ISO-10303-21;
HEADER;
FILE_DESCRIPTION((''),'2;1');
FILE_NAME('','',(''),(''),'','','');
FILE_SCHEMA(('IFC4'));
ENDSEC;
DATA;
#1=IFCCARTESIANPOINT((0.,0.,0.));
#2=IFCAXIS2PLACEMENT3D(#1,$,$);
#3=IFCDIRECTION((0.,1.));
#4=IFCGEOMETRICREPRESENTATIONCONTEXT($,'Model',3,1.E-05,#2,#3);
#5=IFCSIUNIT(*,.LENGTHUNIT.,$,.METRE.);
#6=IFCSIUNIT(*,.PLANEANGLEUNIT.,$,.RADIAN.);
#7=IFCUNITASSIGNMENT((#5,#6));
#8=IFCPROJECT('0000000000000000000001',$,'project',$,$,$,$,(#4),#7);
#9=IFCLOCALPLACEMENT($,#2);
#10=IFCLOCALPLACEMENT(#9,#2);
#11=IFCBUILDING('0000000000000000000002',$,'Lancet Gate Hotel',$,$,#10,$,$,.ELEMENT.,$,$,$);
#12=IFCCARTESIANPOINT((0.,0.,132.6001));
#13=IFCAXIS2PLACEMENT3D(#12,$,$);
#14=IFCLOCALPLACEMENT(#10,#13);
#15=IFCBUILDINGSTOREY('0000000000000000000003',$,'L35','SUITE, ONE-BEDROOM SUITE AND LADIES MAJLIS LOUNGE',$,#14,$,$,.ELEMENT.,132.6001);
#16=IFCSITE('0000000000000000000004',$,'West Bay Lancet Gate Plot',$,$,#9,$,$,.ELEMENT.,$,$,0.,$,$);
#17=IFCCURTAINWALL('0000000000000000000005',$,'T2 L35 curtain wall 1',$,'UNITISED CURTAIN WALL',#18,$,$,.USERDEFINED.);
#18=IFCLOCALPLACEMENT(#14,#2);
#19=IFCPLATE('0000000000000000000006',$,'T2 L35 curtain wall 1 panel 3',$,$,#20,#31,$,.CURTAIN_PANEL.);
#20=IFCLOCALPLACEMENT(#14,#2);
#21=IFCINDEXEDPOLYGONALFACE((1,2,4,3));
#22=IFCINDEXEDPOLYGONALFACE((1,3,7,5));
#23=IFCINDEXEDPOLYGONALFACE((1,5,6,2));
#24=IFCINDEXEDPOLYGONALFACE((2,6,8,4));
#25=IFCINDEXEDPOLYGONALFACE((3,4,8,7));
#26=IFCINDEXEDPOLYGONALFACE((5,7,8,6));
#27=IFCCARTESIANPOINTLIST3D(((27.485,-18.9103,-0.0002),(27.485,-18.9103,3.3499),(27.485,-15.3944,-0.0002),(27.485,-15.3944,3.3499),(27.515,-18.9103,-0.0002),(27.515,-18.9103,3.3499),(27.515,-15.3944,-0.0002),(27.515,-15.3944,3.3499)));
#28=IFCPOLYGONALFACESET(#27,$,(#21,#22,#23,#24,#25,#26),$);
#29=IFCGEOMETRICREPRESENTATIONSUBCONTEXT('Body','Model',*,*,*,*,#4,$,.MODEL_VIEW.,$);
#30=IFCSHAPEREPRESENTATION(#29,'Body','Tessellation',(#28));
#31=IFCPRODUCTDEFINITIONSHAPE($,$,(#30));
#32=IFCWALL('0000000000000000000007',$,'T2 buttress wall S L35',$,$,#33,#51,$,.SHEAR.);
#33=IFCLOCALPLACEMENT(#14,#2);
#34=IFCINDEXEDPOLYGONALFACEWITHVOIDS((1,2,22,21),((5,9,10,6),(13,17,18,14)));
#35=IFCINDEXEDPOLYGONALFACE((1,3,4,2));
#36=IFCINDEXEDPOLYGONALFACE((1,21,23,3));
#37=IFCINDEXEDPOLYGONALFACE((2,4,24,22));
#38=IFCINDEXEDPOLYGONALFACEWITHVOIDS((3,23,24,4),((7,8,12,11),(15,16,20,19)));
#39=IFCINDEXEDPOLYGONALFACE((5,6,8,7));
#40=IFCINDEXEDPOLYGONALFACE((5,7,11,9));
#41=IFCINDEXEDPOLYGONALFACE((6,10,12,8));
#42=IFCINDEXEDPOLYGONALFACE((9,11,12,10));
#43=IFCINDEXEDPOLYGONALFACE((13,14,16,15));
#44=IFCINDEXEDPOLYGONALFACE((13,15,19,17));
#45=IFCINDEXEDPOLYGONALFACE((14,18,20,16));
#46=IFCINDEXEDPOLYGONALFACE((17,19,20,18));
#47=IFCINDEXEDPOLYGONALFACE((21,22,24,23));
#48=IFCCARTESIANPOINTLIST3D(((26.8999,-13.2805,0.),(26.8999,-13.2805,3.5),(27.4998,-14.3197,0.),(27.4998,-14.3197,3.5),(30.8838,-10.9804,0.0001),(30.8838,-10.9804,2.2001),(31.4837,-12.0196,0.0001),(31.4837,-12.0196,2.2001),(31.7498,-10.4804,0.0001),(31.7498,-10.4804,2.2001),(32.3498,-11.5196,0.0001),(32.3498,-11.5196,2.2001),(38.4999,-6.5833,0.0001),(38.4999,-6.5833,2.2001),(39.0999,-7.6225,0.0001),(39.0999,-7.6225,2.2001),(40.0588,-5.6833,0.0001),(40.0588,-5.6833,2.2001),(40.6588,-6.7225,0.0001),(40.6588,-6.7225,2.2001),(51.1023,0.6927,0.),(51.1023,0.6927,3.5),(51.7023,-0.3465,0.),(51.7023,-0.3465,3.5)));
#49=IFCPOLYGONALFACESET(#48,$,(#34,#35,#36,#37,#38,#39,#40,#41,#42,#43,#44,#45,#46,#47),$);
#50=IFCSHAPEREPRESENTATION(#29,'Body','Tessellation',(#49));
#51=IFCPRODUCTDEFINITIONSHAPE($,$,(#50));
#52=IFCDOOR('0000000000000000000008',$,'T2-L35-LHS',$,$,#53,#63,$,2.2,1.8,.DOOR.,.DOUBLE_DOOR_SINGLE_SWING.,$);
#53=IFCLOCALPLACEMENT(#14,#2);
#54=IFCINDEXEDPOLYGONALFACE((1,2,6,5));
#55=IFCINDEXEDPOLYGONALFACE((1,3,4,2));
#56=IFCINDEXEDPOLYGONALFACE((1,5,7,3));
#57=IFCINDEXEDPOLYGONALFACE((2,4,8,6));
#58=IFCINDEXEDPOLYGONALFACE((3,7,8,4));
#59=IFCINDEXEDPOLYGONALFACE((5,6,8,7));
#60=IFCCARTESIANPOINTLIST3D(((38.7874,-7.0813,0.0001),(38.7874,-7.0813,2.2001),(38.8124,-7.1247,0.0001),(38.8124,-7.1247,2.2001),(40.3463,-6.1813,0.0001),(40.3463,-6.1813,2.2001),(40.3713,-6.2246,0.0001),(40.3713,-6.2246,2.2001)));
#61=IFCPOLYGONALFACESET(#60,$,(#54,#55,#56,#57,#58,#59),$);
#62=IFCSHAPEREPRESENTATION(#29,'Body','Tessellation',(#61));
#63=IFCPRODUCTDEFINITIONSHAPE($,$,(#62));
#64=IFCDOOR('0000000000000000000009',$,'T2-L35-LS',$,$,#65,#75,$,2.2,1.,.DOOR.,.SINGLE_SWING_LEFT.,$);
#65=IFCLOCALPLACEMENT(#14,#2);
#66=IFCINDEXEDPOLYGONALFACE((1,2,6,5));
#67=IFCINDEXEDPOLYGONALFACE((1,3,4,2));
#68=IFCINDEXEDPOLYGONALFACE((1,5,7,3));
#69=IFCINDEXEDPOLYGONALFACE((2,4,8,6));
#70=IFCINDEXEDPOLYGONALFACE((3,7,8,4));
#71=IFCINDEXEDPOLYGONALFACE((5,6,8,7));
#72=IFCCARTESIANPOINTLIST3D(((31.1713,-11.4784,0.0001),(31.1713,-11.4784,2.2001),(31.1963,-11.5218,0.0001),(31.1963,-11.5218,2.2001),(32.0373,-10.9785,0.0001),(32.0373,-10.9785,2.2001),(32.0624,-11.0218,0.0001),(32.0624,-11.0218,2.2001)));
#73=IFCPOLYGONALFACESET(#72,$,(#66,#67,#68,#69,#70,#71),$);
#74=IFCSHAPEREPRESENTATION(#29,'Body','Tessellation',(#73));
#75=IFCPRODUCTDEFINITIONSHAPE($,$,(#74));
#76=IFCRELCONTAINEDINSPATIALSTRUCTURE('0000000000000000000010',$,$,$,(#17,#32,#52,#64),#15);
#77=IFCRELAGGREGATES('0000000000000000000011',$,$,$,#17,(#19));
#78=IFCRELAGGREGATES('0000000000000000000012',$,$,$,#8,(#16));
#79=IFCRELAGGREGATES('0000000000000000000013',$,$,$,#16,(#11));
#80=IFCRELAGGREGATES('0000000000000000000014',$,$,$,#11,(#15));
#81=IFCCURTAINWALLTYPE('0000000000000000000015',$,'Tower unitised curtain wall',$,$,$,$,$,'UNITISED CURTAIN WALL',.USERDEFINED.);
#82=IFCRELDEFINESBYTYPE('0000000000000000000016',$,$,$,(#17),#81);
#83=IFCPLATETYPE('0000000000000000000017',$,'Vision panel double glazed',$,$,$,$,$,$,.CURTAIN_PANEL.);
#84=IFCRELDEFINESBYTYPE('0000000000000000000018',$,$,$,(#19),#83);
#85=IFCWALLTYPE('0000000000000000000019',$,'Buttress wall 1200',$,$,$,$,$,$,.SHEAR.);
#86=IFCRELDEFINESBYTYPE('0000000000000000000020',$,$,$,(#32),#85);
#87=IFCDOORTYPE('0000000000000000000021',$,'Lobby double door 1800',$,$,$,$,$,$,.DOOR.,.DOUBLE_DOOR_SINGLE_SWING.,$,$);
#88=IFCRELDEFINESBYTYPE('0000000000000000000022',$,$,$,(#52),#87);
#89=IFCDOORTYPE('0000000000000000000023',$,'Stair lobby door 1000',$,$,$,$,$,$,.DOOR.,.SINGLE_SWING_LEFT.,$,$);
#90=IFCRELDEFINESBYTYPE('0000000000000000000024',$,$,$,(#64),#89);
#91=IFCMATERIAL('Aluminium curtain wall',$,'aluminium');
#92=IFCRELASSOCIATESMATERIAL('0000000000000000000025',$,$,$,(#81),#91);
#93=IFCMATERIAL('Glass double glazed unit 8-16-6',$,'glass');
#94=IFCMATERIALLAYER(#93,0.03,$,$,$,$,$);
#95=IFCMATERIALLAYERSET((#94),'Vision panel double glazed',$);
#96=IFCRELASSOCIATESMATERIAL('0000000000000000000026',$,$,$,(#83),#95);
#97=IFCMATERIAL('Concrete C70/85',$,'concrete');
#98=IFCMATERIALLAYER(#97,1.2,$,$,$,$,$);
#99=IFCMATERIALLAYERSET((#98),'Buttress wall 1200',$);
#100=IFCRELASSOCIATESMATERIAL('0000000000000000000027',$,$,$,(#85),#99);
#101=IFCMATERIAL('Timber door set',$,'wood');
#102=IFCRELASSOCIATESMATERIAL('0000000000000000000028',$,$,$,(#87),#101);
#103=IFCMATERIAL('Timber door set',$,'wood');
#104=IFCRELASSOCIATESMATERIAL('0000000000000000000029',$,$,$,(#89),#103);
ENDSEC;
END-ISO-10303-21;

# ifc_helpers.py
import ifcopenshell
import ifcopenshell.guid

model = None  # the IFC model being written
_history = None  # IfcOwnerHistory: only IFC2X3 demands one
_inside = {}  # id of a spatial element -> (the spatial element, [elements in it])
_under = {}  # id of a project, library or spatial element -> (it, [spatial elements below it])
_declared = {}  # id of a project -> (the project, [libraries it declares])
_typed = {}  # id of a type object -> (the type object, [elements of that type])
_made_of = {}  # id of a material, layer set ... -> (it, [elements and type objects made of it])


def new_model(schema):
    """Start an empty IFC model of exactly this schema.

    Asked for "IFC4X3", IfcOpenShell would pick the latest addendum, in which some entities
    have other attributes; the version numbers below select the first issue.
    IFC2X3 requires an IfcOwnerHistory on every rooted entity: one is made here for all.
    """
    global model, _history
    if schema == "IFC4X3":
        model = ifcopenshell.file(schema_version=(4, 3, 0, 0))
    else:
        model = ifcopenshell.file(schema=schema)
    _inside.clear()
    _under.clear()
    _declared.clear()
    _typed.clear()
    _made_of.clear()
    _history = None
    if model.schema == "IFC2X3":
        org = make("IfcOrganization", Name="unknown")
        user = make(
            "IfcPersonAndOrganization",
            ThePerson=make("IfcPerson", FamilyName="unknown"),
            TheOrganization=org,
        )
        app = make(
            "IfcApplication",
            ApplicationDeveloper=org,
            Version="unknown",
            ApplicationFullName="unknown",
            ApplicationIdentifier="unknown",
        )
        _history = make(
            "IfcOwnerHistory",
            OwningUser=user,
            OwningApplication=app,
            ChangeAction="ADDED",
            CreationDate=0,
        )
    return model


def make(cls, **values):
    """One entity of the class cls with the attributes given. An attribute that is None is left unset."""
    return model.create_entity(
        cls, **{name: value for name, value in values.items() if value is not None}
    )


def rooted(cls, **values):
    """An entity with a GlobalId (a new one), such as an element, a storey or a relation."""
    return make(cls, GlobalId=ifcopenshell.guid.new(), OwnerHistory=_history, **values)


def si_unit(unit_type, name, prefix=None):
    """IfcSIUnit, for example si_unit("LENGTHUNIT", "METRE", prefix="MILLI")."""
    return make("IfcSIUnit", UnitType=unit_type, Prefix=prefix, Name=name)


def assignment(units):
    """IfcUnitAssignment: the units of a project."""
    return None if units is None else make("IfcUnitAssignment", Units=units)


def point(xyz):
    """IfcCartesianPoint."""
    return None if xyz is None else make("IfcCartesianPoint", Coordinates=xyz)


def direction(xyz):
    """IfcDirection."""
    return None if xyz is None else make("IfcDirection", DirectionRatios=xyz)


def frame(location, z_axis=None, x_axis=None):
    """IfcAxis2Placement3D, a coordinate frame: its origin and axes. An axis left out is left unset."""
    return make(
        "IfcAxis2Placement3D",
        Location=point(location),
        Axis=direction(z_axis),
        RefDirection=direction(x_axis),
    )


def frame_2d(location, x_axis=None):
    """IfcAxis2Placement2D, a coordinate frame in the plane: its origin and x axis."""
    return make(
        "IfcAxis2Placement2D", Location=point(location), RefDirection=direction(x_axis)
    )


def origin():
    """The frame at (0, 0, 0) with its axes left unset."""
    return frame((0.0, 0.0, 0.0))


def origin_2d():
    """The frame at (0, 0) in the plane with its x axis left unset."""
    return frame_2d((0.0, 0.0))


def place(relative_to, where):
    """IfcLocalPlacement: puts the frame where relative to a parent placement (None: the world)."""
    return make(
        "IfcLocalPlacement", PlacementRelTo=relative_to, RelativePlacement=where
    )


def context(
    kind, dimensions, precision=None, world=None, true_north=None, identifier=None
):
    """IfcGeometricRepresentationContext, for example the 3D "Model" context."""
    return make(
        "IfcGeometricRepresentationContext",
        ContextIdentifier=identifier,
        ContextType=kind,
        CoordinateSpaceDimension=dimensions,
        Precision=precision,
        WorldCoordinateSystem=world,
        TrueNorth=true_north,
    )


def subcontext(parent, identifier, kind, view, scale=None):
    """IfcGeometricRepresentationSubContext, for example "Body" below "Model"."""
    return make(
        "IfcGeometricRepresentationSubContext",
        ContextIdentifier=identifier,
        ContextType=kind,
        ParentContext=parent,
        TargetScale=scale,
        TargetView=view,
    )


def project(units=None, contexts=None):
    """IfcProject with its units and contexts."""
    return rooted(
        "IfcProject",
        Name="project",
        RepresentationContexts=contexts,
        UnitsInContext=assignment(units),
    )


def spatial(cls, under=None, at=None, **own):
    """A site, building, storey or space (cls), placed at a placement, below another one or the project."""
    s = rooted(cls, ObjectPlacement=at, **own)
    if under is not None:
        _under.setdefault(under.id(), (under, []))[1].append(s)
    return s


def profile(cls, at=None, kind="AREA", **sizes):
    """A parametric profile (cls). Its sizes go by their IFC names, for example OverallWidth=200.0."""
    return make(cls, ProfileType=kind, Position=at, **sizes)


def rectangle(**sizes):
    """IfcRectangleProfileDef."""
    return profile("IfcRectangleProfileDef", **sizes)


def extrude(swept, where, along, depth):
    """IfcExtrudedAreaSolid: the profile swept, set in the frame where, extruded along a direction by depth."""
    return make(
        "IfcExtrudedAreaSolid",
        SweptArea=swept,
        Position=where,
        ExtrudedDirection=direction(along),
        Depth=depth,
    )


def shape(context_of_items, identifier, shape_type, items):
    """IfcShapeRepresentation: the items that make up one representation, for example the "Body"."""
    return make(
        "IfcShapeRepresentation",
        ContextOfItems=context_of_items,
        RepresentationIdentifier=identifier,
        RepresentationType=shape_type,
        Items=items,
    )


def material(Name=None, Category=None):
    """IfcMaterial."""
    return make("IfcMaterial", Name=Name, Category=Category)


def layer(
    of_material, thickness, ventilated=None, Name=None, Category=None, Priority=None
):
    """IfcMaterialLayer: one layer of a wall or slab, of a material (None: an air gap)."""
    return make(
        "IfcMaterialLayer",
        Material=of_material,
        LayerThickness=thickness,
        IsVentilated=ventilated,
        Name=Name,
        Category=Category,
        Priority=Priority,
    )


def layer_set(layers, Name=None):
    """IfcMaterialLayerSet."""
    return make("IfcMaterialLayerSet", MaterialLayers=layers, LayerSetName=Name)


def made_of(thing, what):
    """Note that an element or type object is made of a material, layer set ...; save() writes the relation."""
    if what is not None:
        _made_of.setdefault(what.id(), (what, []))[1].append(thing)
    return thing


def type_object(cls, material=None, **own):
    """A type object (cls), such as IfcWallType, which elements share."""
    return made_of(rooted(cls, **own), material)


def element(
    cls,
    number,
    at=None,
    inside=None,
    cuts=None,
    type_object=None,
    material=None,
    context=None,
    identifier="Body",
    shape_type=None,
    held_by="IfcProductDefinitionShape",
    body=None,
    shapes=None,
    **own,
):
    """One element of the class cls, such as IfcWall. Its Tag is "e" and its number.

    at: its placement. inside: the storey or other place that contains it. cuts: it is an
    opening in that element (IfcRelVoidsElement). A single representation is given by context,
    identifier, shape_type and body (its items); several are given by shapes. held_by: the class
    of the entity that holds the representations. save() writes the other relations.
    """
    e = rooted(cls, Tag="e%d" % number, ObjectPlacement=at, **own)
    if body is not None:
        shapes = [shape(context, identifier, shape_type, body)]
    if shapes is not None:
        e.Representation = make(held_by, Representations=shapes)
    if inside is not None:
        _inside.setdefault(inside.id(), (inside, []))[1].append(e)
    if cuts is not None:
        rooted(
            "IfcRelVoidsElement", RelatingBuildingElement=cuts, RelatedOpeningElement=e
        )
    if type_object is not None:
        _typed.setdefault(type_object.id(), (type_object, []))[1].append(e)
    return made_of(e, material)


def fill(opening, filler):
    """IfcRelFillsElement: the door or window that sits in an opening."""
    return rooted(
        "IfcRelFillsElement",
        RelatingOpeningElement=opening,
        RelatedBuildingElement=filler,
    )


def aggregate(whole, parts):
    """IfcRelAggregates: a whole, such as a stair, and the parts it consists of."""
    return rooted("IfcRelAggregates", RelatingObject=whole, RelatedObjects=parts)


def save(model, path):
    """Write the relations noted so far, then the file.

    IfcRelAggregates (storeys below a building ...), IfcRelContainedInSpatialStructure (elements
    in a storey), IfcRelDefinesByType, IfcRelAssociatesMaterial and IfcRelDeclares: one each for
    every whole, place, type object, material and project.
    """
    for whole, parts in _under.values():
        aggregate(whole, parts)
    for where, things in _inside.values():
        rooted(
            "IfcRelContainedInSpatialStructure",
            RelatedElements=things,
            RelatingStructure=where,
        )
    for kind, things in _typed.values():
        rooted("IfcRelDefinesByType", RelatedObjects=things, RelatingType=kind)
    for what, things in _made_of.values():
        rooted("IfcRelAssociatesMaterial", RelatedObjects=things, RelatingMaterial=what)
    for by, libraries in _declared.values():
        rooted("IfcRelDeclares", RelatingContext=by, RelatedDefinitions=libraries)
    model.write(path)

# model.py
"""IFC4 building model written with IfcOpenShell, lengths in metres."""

from ifc_helpers import new_model, si_unit, direction, frame, frame_2d, origin, origin_2d, place, context, subcontext, project, spatial, rectangle, extrude, material, layer, layer_set, type_object, element, fill, aggregate, save


model = new_model("IFC4")

# Units and contexts
model_context = context("Model", 3, precision=1e-05, world=origin(), true_north=direction((0.0, 1.0)))
body_context = subcontext(model_context, "Body", "Model", "MODEL_VIEW")
ifc_project = project(units=[si_unit("LENGTHUNIT", "METRE"), si_unit("PLANEANGLEUNIT", "RADIAN")], contexts=[model_context])

# Site, building, storey
site_placement = place(None, origin())
site = spatial("IfcSite", under=ifc_project, at=site_placement, Name="West Bay Lancet Gate Plot", CompositionType="ELEMENT", RefElevation=0.0)
building_placement = place(site_placement, origin())
building = spatial("IfcBuilding", under=site, at=building_placement, Name="Lancet Gate Hotel", CompositionType="ELEMENT")
storey_placement = place(building_placement, frame((0.0, 0.0, 132.6001)))
storey = spatial("IfcBuildingStorey", under=building, at=storey_placement, Name="L35", Description="SUITE, ONE-BEDROOM SUITE AND LADIES MAJLIS LOUNGE", CompositionType="ELEMENT", Elevation=132.6001)

# Curtain wall
ifc_material_1 = material(Name="Aluminium curtain wall", Category="aluminium")
curtain_wall_type = type_object("IfcCurtainWallType", Name="Tower unitised curtain wall", ElementType="UNITISED CURTAIN WALL", PredefinedType="USERDEFINED", material=ifc_material_1)
curtain_wall_placement = place(storey_placement, origin())
curtain_wall = element("IfcCurtainWall", 1, at=curtain_wall_placement, inside=storey, type_object=curtain_wall_type, Name="T2 L35 curtain wall 1", ObjectType="UNITISED CURTAIN WALL", PredefinedType="USERDEFINED")

# Plate
ifc_material_2 = material(Name="Glass double glazed unit 8-16-6", Category="glass")
ifc_layer_1 = layer(ifc_material_2, 0.03)
ifc_layer_set_1 = layer_set([ifc_layer_1], Name="Vision panel double glazed")
plate_type = type_object("IfcPlateType", Name="Vision panel double glazed", PredefinedType="CURTAIN_PANEL", material=ifc_layer_set_1)
plate_1_placement = place(storey_placement, frame((27.5, -17.1523, -0.0002), z_axis=(0.0, 0.0, 1.0), x_axis=(0.0, -1.0, 0.0)))
plate_1 = element("IfcPlate", 2, at=plate_1_placement, type_object=plate_type, Name="T2 L35 curtain wall 1 panel 3", PredefinedType="CURTAIN_PANEL", context=body_context, shape_type="SweptSolid", body=[
    extrude(rectangle(XDim=3.5159, YDim=0.03, at=origin_2d()), origin(), (0.0, 0.0, 1.0), 3.3501),
])
aggregate(curtain_wall, [plate_1])

# Wall, openings, doors
ifc_material_3 = material(Name="Concrete C70/85", Category="concrete")
ifc_layer_2 = layer(ifc_material_3, 1.2)
ifc_layer_set_2 = layer_set([ifc_layer_2], Name="Buttress wall 1200")
wall_type = type_object("IfcWallType", Name="Buttress wall 1200", PredefinedType="SHEAR", material=ifc_layer_set_2)
wall_placement = place(storey_placement, frame((27.2, -13.8, 0.0), z_axis=(0.0, 0.0, 1.0), x_axis=(0.866027, 0.499997, 0.0)))
wall = element("IfcWall", 3, at=wall_placement, inside=storey, type_object=wall_type, Name="T2 buttress wall S L35", PredefinedType="SHEAR", context=body_context, shape_type="SweptSolid", body=[
    extrude(rectangle(XDim=27.9465, YDim=1.2, at=frame_2d((13.9731, 0.0))), origin(), (0.0, 0.0, 1.0), 3.5),
])
opening_1_placement = place(wall_placement, frame((4.6001, 0.0, 0.0)))
opening_1 = element("IfcOpeningElement", 4, at=opening_1_placement, cuts=wall, PredefinedType="OPENING", context=body_context, shape_type="SweptSolid", body=[
    extrude(rectangle(XDim=1.0, YDim=2.2, at=frame_2d((0.5, 1.1001))), frame((0.0, 0.6099, 0.0), z_axis=(0.0, -1.0, 0.0), x_axis=(1.0, 0.0, 0.0)), (0.0, 0.0, 1.0), 1.22),
])
opening_2_placement = place(wall_placement, frame((13.3945, 0.0, 0.0)))
opening_2 = element("IfcOpeningElement", 5, at=opening_2_placement, cuts=wall, PredefinedType="OPENING", context=body_context, shape_type="SweptSolid", body=[
    extrude(rectangle(XDim=1.8, YDim=2.2, at=frame_2d((0.8999, 1.1001))), frame((0.0, 0.6099, 0.0), z_axis=(0.0, -1.0, 0.0), x_axis=(1.0, 0.0, 0.0)), (0.0, 0.0, 1.0), 1.22),
])
ifc_material_4 = material(Name="Timber door set", Category="wood")
door_type_1 = type_object("IfcDoorType", Name="Lobby double door 1800", OperationType="DOUBLE_DOOR_SINGLE_SWING", PredefinedType="DOOR", material=ifc_material_4)
door_1_placement = place(opening_2_placement, origin())
door_1 = element("IfcDoor", 6, at=door_1_placement, inside=storey, type_object=door_type_1, Name="T2-L35-LHS", OperationType="DOUBLE_DOOR_SINGLE_SWING", OverallHeight=2.2, OverallWidth=1.8, PredefinedType="DOOR", context=body_context, shape_type="SweptSolid", body=[
    extrude(rectangle(XDim=1.8, YDim=2.2, at=frame_2d((0.8999, 1.1001))), frame((0.0, 0.0249, 0.0), z_axis=(0.0, -1.0, 0.0), x_axis=(1.0, 0.0, 0.0)), (0.0, 0.0, 1.0), 0.05),
])
fill(opening_2, door_1)
ifc_material_5 = material(Name="Timber door set", Category="wood")
door_type_2 = type_object("IfcDoorType", Name="Stair lobby door 1000", OperationType="SINGLE_SWING_LEFT", PredefinedType="DOOR", material=ifc_material_5)
door_2_placement = place(opening_1_placement, origin())
door_2 = element("IfcDoor", 7, at=door_2_placement, inside=storey, type_object=door_type_2, Name="T2-L35-LS", OperationType="SINGLE_SWING_LEFT", OverallHeight=2.2, OverallWidth=1.0, PredefinedType="DOOR", context=body_context, shape_type="SweptSolid", body=[
    extrude(rectangle(XDim=1.0, YDim=2.2, at=frame_2d((0.5, 1.1001))), frame((0.0, 0.0249, 0.0), z_axis=(0.0, -1.0, 0.0), x_axis=(1.0, 0.0, 0.0)), (0.0, 0.0, 1.0), 0.05),
])
fill(opening_1, door_2)

save(model, "model.ifc")
